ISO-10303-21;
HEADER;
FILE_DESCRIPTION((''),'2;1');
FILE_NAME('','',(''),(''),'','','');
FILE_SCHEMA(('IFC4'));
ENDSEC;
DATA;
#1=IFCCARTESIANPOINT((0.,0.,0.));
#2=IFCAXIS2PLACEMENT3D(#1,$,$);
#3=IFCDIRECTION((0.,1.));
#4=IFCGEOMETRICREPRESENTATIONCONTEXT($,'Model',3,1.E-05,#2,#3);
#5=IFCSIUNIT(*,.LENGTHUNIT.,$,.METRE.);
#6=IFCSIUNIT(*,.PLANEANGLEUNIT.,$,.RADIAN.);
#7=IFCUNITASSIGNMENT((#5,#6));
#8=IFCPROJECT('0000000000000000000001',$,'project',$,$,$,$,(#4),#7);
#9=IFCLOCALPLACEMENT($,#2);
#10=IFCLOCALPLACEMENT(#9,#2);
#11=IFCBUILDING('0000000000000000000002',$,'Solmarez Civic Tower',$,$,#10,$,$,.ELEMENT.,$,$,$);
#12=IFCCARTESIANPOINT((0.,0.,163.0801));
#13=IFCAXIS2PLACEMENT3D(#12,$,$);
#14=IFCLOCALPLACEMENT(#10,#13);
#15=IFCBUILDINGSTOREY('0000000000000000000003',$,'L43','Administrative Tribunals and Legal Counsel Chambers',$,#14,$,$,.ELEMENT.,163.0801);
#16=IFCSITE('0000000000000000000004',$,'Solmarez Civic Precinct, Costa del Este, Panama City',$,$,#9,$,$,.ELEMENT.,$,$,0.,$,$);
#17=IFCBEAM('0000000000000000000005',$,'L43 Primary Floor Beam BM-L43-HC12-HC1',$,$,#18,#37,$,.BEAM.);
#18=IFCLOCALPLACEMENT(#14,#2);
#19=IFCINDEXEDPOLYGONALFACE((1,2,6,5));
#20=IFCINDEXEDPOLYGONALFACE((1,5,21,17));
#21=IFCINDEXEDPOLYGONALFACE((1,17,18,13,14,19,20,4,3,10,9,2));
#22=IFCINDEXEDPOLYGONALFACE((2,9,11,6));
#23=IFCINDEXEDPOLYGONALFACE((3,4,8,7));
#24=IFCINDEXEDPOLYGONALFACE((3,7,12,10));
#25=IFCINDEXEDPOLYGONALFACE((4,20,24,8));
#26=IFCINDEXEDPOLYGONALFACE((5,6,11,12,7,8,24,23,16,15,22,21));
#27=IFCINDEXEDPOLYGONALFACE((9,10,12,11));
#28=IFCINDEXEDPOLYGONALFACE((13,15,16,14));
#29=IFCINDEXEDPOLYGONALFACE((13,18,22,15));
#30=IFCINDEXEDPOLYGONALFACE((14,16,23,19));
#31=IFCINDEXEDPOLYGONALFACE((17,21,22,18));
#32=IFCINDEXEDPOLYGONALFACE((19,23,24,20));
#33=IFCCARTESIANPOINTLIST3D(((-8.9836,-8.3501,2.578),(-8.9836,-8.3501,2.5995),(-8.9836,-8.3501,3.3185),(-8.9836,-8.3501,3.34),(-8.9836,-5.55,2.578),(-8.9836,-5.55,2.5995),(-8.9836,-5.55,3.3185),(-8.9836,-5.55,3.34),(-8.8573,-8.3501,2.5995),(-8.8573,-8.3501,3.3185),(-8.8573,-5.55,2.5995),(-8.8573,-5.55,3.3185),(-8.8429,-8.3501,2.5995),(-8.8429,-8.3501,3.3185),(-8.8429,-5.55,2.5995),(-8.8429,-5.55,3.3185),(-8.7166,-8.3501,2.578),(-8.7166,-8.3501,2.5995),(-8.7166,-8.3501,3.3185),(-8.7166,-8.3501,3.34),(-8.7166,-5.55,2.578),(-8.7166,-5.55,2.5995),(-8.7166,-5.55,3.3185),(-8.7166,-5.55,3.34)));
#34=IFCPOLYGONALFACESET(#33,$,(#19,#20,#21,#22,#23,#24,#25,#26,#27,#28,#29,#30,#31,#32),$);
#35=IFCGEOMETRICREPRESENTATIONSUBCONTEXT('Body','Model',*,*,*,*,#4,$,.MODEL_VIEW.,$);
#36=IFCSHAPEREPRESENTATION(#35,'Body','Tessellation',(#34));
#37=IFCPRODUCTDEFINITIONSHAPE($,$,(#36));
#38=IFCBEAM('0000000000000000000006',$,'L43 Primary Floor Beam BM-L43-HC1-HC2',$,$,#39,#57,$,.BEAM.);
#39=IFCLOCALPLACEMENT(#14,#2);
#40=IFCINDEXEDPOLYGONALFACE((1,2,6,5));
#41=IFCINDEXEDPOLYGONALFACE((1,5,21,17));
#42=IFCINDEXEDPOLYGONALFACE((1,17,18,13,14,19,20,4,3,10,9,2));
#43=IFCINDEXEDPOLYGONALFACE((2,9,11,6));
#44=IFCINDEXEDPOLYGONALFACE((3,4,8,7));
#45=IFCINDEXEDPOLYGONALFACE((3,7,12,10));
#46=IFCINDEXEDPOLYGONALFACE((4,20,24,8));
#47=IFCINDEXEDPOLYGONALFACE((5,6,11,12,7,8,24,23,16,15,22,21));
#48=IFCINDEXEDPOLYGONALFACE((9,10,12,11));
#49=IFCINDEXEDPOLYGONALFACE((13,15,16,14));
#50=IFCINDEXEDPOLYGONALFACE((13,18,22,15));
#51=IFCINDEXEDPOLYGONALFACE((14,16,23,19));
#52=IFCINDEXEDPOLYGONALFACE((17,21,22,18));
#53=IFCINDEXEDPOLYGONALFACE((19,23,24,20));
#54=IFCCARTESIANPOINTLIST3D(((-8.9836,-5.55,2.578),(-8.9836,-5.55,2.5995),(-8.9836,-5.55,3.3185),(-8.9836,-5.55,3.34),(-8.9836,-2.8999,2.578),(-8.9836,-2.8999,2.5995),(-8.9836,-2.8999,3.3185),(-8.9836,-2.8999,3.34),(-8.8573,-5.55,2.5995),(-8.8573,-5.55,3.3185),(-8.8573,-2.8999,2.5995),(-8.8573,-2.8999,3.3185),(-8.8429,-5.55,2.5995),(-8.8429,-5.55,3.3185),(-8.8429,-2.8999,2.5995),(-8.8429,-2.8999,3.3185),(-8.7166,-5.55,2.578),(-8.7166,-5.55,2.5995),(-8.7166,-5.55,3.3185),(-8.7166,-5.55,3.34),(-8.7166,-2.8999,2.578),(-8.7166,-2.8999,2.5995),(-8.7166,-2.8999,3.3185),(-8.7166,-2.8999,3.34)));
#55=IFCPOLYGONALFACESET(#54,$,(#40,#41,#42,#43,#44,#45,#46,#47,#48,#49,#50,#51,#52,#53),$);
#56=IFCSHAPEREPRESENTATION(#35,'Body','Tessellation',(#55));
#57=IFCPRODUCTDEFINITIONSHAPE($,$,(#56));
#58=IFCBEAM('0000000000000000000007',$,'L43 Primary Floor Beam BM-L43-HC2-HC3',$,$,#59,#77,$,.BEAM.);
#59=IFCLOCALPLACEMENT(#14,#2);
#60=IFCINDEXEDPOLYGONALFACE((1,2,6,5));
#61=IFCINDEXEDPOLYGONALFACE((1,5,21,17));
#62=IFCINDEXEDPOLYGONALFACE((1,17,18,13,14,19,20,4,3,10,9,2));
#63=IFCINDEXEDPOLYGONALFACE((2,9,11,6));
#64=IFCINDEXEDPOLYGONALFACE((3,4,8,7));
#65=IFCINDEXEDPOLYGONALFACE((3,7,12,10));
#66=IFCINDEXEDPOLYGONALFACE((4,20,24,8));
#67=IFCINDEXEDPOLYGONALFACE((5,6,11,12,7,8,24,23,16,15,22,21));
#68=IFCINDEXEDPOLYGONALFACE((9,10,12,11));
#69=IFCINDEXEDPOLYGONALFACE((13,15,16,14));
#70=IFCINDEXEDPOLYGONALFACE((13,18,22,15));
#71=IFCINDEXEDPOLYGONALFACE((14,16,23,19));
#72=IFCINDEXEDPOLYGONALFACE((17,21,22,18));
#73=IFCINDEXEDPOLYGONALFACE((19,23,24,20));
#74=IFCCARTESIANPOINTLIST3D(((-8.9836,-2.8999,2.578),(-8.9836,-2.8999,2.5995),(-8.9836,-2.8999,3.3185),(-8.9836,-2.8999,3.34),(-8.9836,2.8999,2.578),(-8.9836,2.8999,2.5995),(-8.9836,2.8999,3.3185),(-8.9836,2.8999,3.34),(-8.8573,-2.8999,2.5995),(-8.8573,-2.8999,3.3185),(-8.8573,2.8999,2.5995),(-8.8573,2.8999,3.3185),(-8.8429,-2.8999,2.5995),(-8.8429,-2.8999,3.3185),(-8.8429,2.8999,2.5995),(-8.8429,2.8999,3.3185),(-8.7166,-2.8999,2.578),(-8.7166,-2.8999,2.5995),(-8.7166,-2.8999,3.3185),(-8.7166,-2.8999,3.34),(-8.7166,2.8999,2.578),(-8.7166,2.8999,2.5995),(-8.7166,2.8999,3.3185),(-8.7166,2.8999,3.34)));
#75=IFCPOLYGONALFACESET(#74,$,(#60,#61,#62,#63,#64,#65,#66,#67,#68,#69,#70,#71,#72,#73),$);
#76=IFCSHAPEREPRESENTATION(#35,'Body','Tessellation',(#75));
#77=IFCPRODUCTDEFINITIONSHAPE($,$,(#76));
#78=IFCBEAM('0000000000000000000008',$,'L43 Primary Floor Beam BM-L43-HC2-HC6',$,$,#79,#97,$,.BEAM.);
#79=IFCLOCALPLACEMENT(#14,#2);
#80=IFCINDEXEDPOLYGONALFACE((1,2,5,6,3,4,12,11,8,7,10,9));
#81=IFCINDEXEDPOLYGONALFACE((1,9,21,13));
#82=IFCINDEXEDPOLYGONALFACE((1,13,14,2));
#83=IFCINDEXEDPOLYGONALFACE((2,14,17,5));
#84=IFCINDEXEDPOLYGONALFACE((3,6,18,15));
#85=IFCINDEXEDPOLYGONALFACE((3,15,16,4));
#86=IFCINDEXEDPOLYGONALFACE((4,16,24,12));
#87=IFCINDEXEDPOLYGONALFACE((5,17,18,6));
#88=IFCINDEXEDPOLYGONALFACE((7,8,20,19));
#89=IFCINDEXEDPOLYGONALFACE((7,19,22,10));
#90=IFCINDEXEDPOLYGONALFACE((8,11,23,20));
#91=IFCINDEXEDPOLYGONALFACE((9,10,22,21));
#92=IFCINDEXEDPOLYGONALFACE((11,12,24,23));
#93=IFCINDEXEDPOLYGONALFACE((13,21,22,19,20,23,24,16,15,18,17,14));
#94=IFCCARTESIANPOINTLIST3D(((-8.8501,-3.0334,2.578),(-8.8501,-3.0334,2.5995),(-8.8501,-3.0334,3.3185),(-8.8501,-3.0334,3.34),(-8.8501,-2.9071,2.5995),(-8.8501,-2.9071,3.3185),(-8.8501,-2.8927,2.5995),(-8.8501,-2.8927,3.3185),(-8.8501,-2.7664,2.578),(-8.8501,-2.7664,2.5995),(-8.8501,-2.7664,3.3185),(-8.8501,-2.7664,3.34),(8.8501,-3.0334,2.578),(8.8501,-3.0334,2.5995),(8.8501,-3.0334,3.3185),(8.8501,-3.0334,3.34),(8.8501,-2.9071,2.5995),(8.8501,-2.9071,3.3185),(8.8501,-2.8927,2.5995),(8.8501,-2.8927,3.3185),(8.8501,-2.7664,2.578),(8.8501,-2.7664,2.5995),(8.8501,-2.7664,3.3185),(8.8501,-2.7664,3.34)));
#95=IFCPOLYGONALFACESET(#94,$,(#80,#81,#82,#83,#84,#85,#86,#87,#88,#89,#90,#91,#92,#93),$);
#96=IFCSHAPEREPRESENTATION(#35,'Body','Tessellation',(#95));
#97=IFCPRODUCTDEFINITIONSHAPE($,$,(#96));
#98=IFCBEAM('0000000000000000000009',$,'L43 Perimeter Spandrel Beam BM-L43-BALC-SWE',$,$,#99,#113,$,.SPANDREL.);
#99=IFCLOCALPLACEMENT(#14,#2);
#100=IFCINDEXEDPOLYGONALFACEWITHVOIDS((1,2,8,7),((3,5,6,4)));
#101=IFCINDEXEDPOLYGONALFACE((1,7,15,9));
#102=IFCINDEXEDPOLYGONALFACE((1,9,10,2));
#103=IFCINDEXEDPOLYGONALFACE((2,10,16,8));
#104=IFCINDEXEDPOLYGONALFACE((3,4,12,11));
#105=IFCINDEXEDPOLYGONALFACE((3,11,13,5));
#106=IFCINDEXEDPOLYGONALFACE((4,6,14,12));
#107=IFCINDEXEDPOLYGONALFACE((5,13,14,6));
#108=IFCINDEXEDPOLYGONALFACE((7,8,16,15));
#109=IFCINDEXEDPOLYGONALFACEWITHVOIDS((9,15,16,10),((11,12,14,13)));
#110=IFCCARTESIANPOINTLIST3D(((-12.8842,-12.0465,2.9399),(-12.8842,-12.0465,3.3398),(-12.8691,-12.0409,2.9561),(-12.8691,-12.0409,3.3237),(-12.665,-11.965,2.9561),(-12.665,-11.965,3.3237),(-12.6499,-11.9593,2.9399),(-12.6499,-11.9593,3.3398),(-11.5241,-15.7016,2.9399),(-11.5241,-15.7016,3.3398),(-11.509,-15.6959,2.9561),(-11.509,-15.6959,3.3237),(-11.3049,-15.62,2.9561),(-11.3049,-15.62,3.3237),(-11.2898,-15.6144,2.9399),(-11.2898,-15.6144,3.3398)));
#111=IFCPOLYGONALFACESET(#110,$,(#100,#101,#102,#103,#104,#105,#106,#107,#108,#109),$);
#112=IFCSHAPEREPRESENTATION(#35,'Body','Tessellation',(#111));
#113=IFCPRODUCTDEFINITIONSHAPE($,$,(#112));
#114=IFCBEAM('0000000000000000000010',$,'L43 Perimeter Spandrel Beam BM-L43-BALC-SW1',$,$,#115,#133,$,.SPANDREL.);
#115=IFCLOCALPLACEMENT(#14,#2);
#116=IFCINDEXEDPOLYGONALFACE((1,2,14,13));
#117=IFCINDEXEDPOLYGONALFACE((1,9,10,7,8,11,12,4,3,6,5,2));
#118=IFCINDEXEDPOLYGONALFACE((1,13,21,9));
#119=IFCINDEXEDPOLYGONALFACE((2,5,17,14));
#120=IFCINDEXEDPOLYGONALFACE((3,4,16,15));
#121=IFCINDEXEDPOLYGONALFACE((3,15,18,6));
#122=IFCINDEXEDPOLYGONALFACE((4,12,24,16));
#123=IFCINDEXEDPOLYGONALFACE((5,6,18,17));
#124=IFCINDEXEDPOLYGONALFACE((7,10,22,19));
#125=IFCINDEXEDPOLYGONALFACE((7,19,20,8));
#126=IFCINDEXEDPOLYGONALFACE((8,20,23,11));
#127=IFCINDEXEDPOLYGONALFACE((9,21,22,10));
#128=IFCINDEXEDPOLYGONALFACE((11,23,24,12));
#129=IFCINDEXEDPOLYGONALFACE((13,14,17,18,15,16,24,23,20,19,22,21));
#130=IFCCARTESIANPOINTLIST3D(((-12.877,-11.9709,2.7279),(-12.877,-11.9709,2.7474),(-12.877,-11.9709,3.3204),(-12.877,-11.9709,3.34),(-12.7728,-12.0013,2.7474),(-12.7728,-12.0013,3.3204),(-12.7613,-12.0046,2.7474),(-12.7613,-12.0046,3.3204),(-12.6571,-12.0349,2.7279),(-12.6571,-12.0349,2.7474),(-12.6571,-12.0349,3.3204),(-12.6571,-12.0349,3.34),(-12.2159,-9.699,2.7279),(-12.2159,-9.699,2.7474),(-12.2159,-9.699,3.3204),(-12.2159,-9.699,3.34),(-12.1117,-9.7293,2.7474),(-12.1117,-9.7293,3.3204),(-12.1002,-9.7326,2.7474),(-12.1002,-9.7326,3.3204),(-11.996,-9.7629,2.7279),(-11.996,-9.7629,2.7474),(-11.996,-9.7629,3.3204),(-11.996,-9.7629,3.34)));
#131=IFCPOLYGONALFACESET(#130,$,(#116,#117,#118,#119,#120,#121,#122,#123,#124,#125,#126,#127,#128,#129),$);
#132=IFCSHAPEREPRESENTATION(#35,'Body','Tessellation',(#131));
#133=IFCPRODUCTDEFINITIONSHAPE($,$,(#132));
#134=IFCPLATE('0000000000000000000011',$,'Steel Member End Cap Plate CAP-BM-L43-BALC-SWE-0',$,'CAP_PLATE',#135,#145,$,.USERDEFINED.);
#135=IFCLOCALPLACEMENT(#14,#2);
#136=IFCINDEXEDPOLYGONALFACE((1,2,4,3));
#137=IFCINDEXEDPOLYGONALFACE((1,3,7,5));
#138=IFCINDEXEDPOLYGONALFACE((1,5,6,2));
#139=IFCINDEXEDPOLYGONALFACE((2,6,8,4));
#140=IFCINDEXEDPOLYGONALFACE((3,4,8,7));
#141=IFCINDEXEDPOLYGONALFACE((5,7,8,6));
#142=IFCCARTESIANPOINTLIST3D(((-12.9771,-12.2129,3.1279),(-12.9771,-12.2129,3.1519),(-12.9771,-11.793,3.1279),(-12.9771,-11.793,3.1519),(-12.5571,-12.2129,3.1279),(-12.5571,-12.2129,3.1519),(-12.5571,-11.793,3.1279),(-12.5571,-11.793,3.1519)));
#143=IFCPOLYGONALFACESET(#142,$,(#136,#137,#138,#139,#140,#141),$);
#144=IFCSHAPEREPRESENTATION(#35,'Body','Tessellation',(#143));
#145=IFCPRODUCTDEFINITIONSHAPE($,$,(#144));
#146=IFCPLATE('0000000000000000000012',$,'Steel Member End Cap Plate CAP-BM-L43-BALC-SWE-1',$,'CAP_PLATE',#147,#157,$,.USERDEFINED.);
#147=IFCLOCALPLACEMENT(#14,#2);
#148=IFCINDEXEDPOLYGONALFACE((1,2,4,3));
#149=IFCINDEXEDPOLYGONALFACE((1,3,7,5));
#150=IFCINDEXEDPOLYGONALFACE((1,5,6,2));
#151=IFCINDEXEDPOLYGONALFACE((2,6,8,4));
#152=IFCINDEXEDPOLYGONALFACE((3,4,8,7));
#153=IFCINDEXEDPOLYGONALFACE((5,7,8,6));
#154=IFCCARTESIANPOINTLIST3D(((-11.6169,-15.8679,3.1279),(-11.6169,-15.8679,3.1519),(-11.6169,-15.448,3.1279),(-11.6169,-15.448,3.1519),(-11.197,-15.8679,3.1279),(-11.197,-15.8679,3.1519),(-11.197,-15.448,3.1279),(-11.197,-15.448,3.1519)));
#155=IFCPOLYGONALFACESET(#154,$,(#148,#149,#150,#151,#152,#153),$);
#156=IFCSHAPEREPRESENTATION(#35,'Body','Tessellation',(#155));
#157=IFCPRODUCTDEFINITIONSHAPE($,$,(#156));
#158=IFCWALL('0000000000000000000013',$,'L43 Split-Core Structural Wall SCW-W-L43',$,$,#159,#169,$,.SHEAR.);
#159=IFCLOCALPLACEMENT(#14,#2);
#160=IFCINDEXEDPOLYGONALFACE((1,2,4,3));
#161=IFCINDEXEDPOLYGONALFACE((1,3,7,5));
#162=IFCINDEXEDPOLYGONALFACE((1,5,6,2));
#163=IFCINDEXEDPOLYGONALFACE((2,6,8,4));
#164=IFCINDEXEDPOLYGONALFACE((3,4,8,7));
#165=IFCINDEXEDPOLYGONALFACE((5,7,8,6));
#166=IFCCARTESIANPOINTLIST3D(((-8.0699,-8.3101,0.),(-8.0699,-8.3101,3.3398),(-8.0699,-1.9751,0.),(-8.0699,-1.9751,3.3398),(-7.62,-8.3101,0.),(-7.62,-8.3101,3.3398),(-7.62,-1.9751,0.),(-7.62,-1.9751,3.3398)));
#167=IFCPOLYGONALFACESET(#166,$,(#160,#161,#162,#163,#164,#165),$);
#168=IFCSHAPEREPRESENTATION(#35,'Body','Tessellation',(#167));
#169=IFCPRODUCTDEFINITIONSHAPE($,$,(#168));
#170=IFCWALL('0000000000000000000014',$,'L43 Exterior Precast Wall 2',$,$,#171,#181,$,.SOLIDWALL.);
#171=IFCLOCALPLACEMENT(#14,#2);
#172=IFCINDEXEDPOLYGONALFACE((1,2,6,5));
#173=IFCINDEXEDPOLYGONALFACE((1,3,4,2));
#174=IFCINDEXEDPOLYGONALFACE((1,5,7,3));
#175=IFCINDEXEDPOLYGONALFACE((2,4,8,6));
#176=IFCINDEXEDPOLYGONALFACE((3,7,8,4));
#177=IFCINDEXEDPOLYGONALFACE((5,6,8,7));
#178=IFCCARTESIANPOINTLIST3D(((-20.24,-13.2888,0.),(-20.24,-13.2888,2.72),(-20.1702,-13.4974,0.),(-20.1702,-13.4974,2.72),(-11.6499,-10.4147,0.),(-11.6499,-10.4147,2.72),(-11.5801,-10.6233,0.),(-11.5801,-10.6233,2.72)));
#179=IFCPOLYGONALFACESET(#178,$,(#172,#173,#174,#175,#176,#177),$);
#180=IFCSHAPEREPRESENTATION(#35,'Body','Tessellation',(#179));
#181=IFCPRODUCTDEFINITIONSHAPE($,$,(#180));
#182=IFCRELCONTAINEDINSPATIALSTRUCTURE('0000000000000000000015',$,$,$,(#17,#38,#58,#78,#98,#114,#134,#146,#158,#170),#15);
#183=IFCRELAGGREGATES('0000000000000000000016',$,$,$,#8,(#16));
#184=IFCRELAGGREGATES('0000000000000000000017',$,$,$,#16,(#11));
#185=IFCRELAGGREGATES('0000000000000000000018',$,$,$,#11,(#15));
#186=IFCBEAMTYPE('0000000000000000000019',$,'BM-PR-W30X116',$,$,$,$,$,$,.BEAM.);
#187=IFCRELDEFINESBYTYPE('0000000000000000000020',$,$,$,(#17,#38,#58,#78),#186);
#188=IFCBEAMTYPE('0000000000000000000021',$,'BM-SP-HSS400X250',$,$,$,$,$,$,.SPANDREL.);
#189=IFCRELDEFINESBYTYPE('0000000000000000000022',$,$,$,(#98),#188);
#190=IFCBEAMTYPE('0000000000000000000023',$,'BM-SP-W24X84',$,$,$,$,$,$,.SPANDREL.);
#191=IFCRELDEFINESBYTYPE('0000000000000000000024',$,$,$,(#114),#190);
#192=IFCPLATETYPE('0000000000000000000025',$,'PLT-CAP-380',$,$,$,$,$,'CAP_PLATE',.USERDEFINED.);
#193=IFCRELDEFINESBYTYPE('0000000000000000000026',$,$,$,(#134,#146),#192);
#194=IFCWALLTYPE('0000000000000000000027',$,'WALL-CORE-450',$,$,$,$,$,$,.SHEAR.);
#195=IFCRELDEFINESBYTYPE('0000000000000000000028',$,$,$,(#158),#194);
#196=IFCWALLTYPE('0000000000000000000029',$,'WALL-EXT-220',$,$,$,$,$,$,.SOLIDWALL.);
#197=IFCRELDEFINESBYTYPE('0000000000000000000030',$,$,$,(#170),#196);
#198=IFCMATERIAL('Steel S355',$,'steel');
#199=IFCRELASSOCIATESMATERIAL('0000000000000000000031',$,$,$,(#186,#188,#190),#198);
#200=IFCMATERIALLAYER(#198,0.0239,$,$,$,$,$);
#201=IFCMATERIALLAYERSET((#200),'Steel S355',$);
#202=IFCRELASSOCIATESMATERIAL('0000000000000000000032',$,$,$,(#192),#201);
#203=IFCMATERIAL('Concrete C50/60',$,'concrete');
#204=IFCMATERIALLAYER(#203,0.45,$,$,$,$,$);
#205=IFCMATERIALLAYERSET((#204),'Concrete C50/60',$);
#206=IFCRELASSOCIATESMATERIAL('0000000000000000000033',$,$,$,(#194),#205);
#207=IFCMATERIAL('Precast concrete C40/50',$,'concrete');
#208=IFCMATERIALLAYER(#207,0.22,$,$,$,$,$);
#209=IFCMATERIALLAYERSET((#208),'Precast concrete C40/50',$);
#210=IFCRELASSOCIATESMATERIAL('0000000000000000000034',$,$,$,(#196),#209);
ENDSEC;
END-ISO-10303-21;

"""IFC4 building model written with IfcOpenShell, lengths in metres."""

from ifc_helpers import new_model, si_unit, direction, frame, frame_2d, origin, origin_2d, place, context, subcontext, project, spatial, rectangle, hollow_rectangle, i_section, extrude, material, layer, layer_set, material_profile, profile_set, type_object, element, save


model = new_model("IFC4")

# Units and contexts
model_context = context("Model", 3, precision=1e-05, world=origin(), true_north=direction((0.0, 1.0)))
body_context = subcontext(model_context, "Body", "Model", "MODEL_VIEW")
ifc_project = project(units=[si_unit("LENGTHUNIT", "METRE"), si_unit("PLANEANGLEUNIT", "RADIAN")], contexts=[model_context])

# Site, building, storey
site_placement = place(None, origin())
site = spatial("IfcSite", under=ifc_project, at=site_placement, Name="Solmarez Civic Precinct, Costa del Este, Panama City", CompositionType="ELEMENT", RefElevation=0.0)
building_placement = place(site_placement, origin())
building = spatial("IfcBuilding", under=site, at=building_placement, Name="Solmarez Civic Tower", CompositionType="ELEMENT")
storey_placement = place(building_placement, frame((0.0, 0.0, 163.0801)))
storey = spatial("IfcBuildingStorey", under=building, at=storey_placement, Name="L43", Description="Administrative Tribunals and Legal Counsel Chambers", CompositionType="ELEMENT", Elevation=163.0801)

# Shared definitions
ifc_material_1 = material(Name="Concrete C50/60", Category="concrete")
ifc_material_2 = material(Name="Steel S355", Category="steel")

# Beams
ifc_material_profile_1 = material_profile(ifc_material_2, i_section(OverallWidth=0.2671, OverallDepth=0.762, WebThickness=0.0144, FlangeThickness=0.0215, at=origin_2d()), Name="W30X116")
ifc_profile_set_1 = profile_set([ifc_material_profile_1], Name="Steel S355")
beam_type_1 = type_object("IfcBeamType", Name="BM-PR-W30X116", PredefinedType="BEAM", material=ifc_profile_set_1)
beam_1_placement = place(storey_placement, frame((-8.8501, -8.3501, 2.959), z_axis=(0.0, 1.0, 0.0), x_axis=(-1.0, 0.0, 0.0)))
element("IfcBeam", 1, at=beam_1_placement, inside=storey, type_object=beam_type_1, Name="L43 Primary Floor Beam BM-L43-HC12-HC1", PredefinedType="BEAM", context=body_context, shape_type="SweptSolid", body=[
    extrude(i_section(OverallWidth=0.2671, OverallDepth=0.762, WebThickness=0.0144, FlangeThickness=0.0215, at=origin_2d()), origin(), (0.0, 0.0, 1.0), 2.8),
])
beam_2_placement = place(storey_placement, frame((-8.8501, -5.55, 2.959), z_axis=(0.0, 1.0, 0.0), x_axis=(-1.0, 0.0, 0.0)))
element("IfcBeam", 2, at=beam_2_placement, inside=storey, type_object=beam_type_1, Name="L43 Primary Floor Beam BM-L43-HC1-HC2", PredefinedType="BEAM", context=body_context, shape_type="SweptSolid", body=[
    extrude(i_section(OverallWidth=0.2671, OverallDepth=0.762, WebThickness=0.0144, FlangeThickness=0.0215, at=origin_2d()), origin(), (0.0, 0.0, 1.0), 2.6501),
])
beam_3_placement = place(storey_placement, frame((-8.8501, -2.8999, 2.959), z_axis=(0.0, 1.0, 0.0), x_axis=(-1.0, 0.0, 0.0)))
element("IfcBeam", 3, at=beam_3_placement, inside=storey, type_object=beam_type_1, Name="L43 Primary Floor Beam BM-L43-HC2-HC3", PredefinedType="BEAM", context=body_context, shape_type="SweptSolid", body=[
    extrude(i_section(OverallWidth=0.2671, OverallDepth=0.762, WebThickness=0.0144, FlangeThickness=0.0215, at=origin_2d()), origin(), (0.0, 0.0, 1.0), 5.7998),
])
beam_4_placement = place(storey_placement, frame((-8.8501, -2.8999, 2.959), z_axis=(1.0, 0.0, 0.0), x_axis=(0.0, 1.0, 0.0)))
element("IfcBeam", 4, at=beam_4_placement, inside=storey, type_object=beam_type_1, Name="L43 Primary Floor Beam BM-L43-HC2-HC6", PredefinedType="BEAM", context=body_context, shape_type="SweptSolid", body=[
    extrude(i_section(OverallWidth=0.2671, OverallDepth=0.762, WebThickness=0.0144, FlangeThickness=0.0215, at=origin_2d()), origin(), (0.0, 0.0, 1.0), 17.7002),
])
ifc_material_profile_2 = material_profile(ifc_material_2, hollow_rectangle(XDim=0.25, YDim=0.3999, WallThickness=0.0161, at=origin_2d()), Name="HSS400X250X16")
ifc_profile_set_2 = profile_set([ifc_material_profile_2], Name="Steel S355")
beam_type_2 = type_object("IfcBeamType", Name="BM-SP-HSS400X250", PredefinedType="SPANDREL", material=ifc_profile_set_2)
beam_5_placement = place(storey_placement, frame((-12.7671, -12.0029, 3.1399), z_axis=(0.348755, -0.937214, 0.0), x_axis=(0.937214, 0.348755, 0.0)))
element("IfcBeam", 5, at=beam_5_placement, inside=storey, type_object=beam_type_2, Name="L43 Perimeter Spandrel Beam BM-L43-BALC-SWE", PredefinedType="SPANDREL", context=body_context, shape_type="SweptSolid", body=[
    extrude(hollow_rectangle(XDim=0.25, YDim=0.3999, WallThickness=0.0161, at=origin_2d()), origin(), (0.0, 0.0, 1.0), 3.8999),
])
ifc_material_profile_3 = material_profile(ifc_material_2, i_section(OverallWidth=0.229, OverallDepth=0.6121, WebThickness=0.012, FlangeThickness=0.0195, at=origin_2d()), Name="W24X84")
ifc_profile_set_3 = profile_set([ifc_material_profile_3], Name="Steel S355")
beam_type_3 = type_object("IfcBeamType", Name="BM-SP-W24X84", PredefinedType="SPANDREL", material=ifc_profile_set_3)
beam_6_placement = place(storey_placement, frame((-12.106, -9.731, 3.0339), z_axis=(-0.279406, -0.960173, 0.0), x_axis=(0.960173, -0.279406, 0.0)))
element("IfcBeam", 6, at=beam_6_placement, inside=storey, type_object=beam_type_3, Name="L43 Perimeter Spandrel Beam BM-L43-BALC-SW1", PredefinedType="SPANDREL", context=body_context, shape_type="SweptSolid", body=[
    extrude(i_section(OverallWidth=0.229, OverallDepth=0.6121, WebThickness=0.012, FlangeThickness=0.0195, at=origin_2d()), origin(), (0.0, 0.0, 1.0), 2.3662),
])

# Plates
ifc_layer_1 = layer(ifc_material_2, 0.0239)
ifc_layer_set_1 = layer_set([ifc_layer_1], Name="Steel S355")
plate_type = type_object("IfcPlateType", Name="PLT-CAP-380", ElementType="CAP_PLATE", PredefinedType="USERDEFINED", material=ifc_layer_set_1)
for number, where, z_axis, x_axis, name in (
    (7, (-12.7671, -12.0029, 3.1279), (0.0, 0.0, 1.0), (1.0, 0.0, 0.0), "Steel Member End Cap Plate CAP-BM-L43-BALC-SWE-0"),
    (8, (-11.407, -15.658, 3.1279), (0.0, 0.0, 1.0), (1.0, 0.0, 0.0), "Steel Member End Cap Plate CAP-BM-L43-BALC-SWE-1"),
):
    element("IfcPlate", number, at=place(storey_placement, frame(where, z_axis=z_axis, x_axis=x_axis)), inside=storey, type_object=plate_type, Name=name, ObjectType="CAP_PLATE", PredefinedType="USERDEFINED", context=body_context, shape_type="SweptSolid", body=[
        extrude(rectangle(XDim=0.4199, YDim=0.4199, at=origin_2d()), origin(), (0.0, 0.0, 1.0), 0.0239),
    ])

# Walls
ifc_layer_2 = layer(ifc_material_1, 0.45)
ifc_layer_set_2 = layer_set([ifc_layer_2], Name="Concrete C50/60")
wall_type_1 = type_object("IfcWallType", Name="WALL-CORE-450", PredefinedType="SHEAR", material=ifc_layer_set_2)
wall_1_placement = place(storey_placement, frame((-7.845, -8.3101, 0.0), z_axis=(0.0, 0.0, 1.0), x_axis=(0.0, 1.0, 0.0)))
element("IfcWall", 9, at=wall_1_placement, inside=storey, type_object=wall_type_1, Name="L43 Split-Core Structural Wall SCW-W-L43", PredefinedType="SHEAR", context=body_context, shape_type="SweptSolid", body=[
    extrude(rectangle(XDim=6.335, YDim=0.45, at=frame_2d((3.1675, 0.0))), origin(), (0.0, 0.0, 1.0), 3.3398),
])
ifc_material_3 = material(Name="Precast concrete C40/50", Category="concrete")
ifc_layer_3 = layer(ifc_material_3, 0.22)
ifc_layer_set_3 = layer_set([ifc_layer_3], Name="Precast concrete C40/50")
wall_type_2 = type_object("IfcWallType", Name="WALL-EXT-220", PredefinedType="SOLIDWALL", material=ifc_layer_set_3)
wall_2_placement = place(storey_placement, frame((-11.615, -10.519, 0.0), z_axis=(0.0, 0.0, 1.0), x_axis=(-0.94833, -0.317287, 0.0)))
element("IfcWall", 10, at=wall_2_placement, inside=storey, type_object=wall_type_2, Name="L43 Exterior Precast Wall 2", PredefinedType="SOLIDWALL", context=body_context, shape_type="SweptSolid", body=[
    extrude(rectangle(XDim=9.0581, YDim=0.22, at=frame_2d((4.5291, 0.0))), origin(), (0.0, 0.0, 1.0), 2.72),
])

save(model, "model.ifc")
